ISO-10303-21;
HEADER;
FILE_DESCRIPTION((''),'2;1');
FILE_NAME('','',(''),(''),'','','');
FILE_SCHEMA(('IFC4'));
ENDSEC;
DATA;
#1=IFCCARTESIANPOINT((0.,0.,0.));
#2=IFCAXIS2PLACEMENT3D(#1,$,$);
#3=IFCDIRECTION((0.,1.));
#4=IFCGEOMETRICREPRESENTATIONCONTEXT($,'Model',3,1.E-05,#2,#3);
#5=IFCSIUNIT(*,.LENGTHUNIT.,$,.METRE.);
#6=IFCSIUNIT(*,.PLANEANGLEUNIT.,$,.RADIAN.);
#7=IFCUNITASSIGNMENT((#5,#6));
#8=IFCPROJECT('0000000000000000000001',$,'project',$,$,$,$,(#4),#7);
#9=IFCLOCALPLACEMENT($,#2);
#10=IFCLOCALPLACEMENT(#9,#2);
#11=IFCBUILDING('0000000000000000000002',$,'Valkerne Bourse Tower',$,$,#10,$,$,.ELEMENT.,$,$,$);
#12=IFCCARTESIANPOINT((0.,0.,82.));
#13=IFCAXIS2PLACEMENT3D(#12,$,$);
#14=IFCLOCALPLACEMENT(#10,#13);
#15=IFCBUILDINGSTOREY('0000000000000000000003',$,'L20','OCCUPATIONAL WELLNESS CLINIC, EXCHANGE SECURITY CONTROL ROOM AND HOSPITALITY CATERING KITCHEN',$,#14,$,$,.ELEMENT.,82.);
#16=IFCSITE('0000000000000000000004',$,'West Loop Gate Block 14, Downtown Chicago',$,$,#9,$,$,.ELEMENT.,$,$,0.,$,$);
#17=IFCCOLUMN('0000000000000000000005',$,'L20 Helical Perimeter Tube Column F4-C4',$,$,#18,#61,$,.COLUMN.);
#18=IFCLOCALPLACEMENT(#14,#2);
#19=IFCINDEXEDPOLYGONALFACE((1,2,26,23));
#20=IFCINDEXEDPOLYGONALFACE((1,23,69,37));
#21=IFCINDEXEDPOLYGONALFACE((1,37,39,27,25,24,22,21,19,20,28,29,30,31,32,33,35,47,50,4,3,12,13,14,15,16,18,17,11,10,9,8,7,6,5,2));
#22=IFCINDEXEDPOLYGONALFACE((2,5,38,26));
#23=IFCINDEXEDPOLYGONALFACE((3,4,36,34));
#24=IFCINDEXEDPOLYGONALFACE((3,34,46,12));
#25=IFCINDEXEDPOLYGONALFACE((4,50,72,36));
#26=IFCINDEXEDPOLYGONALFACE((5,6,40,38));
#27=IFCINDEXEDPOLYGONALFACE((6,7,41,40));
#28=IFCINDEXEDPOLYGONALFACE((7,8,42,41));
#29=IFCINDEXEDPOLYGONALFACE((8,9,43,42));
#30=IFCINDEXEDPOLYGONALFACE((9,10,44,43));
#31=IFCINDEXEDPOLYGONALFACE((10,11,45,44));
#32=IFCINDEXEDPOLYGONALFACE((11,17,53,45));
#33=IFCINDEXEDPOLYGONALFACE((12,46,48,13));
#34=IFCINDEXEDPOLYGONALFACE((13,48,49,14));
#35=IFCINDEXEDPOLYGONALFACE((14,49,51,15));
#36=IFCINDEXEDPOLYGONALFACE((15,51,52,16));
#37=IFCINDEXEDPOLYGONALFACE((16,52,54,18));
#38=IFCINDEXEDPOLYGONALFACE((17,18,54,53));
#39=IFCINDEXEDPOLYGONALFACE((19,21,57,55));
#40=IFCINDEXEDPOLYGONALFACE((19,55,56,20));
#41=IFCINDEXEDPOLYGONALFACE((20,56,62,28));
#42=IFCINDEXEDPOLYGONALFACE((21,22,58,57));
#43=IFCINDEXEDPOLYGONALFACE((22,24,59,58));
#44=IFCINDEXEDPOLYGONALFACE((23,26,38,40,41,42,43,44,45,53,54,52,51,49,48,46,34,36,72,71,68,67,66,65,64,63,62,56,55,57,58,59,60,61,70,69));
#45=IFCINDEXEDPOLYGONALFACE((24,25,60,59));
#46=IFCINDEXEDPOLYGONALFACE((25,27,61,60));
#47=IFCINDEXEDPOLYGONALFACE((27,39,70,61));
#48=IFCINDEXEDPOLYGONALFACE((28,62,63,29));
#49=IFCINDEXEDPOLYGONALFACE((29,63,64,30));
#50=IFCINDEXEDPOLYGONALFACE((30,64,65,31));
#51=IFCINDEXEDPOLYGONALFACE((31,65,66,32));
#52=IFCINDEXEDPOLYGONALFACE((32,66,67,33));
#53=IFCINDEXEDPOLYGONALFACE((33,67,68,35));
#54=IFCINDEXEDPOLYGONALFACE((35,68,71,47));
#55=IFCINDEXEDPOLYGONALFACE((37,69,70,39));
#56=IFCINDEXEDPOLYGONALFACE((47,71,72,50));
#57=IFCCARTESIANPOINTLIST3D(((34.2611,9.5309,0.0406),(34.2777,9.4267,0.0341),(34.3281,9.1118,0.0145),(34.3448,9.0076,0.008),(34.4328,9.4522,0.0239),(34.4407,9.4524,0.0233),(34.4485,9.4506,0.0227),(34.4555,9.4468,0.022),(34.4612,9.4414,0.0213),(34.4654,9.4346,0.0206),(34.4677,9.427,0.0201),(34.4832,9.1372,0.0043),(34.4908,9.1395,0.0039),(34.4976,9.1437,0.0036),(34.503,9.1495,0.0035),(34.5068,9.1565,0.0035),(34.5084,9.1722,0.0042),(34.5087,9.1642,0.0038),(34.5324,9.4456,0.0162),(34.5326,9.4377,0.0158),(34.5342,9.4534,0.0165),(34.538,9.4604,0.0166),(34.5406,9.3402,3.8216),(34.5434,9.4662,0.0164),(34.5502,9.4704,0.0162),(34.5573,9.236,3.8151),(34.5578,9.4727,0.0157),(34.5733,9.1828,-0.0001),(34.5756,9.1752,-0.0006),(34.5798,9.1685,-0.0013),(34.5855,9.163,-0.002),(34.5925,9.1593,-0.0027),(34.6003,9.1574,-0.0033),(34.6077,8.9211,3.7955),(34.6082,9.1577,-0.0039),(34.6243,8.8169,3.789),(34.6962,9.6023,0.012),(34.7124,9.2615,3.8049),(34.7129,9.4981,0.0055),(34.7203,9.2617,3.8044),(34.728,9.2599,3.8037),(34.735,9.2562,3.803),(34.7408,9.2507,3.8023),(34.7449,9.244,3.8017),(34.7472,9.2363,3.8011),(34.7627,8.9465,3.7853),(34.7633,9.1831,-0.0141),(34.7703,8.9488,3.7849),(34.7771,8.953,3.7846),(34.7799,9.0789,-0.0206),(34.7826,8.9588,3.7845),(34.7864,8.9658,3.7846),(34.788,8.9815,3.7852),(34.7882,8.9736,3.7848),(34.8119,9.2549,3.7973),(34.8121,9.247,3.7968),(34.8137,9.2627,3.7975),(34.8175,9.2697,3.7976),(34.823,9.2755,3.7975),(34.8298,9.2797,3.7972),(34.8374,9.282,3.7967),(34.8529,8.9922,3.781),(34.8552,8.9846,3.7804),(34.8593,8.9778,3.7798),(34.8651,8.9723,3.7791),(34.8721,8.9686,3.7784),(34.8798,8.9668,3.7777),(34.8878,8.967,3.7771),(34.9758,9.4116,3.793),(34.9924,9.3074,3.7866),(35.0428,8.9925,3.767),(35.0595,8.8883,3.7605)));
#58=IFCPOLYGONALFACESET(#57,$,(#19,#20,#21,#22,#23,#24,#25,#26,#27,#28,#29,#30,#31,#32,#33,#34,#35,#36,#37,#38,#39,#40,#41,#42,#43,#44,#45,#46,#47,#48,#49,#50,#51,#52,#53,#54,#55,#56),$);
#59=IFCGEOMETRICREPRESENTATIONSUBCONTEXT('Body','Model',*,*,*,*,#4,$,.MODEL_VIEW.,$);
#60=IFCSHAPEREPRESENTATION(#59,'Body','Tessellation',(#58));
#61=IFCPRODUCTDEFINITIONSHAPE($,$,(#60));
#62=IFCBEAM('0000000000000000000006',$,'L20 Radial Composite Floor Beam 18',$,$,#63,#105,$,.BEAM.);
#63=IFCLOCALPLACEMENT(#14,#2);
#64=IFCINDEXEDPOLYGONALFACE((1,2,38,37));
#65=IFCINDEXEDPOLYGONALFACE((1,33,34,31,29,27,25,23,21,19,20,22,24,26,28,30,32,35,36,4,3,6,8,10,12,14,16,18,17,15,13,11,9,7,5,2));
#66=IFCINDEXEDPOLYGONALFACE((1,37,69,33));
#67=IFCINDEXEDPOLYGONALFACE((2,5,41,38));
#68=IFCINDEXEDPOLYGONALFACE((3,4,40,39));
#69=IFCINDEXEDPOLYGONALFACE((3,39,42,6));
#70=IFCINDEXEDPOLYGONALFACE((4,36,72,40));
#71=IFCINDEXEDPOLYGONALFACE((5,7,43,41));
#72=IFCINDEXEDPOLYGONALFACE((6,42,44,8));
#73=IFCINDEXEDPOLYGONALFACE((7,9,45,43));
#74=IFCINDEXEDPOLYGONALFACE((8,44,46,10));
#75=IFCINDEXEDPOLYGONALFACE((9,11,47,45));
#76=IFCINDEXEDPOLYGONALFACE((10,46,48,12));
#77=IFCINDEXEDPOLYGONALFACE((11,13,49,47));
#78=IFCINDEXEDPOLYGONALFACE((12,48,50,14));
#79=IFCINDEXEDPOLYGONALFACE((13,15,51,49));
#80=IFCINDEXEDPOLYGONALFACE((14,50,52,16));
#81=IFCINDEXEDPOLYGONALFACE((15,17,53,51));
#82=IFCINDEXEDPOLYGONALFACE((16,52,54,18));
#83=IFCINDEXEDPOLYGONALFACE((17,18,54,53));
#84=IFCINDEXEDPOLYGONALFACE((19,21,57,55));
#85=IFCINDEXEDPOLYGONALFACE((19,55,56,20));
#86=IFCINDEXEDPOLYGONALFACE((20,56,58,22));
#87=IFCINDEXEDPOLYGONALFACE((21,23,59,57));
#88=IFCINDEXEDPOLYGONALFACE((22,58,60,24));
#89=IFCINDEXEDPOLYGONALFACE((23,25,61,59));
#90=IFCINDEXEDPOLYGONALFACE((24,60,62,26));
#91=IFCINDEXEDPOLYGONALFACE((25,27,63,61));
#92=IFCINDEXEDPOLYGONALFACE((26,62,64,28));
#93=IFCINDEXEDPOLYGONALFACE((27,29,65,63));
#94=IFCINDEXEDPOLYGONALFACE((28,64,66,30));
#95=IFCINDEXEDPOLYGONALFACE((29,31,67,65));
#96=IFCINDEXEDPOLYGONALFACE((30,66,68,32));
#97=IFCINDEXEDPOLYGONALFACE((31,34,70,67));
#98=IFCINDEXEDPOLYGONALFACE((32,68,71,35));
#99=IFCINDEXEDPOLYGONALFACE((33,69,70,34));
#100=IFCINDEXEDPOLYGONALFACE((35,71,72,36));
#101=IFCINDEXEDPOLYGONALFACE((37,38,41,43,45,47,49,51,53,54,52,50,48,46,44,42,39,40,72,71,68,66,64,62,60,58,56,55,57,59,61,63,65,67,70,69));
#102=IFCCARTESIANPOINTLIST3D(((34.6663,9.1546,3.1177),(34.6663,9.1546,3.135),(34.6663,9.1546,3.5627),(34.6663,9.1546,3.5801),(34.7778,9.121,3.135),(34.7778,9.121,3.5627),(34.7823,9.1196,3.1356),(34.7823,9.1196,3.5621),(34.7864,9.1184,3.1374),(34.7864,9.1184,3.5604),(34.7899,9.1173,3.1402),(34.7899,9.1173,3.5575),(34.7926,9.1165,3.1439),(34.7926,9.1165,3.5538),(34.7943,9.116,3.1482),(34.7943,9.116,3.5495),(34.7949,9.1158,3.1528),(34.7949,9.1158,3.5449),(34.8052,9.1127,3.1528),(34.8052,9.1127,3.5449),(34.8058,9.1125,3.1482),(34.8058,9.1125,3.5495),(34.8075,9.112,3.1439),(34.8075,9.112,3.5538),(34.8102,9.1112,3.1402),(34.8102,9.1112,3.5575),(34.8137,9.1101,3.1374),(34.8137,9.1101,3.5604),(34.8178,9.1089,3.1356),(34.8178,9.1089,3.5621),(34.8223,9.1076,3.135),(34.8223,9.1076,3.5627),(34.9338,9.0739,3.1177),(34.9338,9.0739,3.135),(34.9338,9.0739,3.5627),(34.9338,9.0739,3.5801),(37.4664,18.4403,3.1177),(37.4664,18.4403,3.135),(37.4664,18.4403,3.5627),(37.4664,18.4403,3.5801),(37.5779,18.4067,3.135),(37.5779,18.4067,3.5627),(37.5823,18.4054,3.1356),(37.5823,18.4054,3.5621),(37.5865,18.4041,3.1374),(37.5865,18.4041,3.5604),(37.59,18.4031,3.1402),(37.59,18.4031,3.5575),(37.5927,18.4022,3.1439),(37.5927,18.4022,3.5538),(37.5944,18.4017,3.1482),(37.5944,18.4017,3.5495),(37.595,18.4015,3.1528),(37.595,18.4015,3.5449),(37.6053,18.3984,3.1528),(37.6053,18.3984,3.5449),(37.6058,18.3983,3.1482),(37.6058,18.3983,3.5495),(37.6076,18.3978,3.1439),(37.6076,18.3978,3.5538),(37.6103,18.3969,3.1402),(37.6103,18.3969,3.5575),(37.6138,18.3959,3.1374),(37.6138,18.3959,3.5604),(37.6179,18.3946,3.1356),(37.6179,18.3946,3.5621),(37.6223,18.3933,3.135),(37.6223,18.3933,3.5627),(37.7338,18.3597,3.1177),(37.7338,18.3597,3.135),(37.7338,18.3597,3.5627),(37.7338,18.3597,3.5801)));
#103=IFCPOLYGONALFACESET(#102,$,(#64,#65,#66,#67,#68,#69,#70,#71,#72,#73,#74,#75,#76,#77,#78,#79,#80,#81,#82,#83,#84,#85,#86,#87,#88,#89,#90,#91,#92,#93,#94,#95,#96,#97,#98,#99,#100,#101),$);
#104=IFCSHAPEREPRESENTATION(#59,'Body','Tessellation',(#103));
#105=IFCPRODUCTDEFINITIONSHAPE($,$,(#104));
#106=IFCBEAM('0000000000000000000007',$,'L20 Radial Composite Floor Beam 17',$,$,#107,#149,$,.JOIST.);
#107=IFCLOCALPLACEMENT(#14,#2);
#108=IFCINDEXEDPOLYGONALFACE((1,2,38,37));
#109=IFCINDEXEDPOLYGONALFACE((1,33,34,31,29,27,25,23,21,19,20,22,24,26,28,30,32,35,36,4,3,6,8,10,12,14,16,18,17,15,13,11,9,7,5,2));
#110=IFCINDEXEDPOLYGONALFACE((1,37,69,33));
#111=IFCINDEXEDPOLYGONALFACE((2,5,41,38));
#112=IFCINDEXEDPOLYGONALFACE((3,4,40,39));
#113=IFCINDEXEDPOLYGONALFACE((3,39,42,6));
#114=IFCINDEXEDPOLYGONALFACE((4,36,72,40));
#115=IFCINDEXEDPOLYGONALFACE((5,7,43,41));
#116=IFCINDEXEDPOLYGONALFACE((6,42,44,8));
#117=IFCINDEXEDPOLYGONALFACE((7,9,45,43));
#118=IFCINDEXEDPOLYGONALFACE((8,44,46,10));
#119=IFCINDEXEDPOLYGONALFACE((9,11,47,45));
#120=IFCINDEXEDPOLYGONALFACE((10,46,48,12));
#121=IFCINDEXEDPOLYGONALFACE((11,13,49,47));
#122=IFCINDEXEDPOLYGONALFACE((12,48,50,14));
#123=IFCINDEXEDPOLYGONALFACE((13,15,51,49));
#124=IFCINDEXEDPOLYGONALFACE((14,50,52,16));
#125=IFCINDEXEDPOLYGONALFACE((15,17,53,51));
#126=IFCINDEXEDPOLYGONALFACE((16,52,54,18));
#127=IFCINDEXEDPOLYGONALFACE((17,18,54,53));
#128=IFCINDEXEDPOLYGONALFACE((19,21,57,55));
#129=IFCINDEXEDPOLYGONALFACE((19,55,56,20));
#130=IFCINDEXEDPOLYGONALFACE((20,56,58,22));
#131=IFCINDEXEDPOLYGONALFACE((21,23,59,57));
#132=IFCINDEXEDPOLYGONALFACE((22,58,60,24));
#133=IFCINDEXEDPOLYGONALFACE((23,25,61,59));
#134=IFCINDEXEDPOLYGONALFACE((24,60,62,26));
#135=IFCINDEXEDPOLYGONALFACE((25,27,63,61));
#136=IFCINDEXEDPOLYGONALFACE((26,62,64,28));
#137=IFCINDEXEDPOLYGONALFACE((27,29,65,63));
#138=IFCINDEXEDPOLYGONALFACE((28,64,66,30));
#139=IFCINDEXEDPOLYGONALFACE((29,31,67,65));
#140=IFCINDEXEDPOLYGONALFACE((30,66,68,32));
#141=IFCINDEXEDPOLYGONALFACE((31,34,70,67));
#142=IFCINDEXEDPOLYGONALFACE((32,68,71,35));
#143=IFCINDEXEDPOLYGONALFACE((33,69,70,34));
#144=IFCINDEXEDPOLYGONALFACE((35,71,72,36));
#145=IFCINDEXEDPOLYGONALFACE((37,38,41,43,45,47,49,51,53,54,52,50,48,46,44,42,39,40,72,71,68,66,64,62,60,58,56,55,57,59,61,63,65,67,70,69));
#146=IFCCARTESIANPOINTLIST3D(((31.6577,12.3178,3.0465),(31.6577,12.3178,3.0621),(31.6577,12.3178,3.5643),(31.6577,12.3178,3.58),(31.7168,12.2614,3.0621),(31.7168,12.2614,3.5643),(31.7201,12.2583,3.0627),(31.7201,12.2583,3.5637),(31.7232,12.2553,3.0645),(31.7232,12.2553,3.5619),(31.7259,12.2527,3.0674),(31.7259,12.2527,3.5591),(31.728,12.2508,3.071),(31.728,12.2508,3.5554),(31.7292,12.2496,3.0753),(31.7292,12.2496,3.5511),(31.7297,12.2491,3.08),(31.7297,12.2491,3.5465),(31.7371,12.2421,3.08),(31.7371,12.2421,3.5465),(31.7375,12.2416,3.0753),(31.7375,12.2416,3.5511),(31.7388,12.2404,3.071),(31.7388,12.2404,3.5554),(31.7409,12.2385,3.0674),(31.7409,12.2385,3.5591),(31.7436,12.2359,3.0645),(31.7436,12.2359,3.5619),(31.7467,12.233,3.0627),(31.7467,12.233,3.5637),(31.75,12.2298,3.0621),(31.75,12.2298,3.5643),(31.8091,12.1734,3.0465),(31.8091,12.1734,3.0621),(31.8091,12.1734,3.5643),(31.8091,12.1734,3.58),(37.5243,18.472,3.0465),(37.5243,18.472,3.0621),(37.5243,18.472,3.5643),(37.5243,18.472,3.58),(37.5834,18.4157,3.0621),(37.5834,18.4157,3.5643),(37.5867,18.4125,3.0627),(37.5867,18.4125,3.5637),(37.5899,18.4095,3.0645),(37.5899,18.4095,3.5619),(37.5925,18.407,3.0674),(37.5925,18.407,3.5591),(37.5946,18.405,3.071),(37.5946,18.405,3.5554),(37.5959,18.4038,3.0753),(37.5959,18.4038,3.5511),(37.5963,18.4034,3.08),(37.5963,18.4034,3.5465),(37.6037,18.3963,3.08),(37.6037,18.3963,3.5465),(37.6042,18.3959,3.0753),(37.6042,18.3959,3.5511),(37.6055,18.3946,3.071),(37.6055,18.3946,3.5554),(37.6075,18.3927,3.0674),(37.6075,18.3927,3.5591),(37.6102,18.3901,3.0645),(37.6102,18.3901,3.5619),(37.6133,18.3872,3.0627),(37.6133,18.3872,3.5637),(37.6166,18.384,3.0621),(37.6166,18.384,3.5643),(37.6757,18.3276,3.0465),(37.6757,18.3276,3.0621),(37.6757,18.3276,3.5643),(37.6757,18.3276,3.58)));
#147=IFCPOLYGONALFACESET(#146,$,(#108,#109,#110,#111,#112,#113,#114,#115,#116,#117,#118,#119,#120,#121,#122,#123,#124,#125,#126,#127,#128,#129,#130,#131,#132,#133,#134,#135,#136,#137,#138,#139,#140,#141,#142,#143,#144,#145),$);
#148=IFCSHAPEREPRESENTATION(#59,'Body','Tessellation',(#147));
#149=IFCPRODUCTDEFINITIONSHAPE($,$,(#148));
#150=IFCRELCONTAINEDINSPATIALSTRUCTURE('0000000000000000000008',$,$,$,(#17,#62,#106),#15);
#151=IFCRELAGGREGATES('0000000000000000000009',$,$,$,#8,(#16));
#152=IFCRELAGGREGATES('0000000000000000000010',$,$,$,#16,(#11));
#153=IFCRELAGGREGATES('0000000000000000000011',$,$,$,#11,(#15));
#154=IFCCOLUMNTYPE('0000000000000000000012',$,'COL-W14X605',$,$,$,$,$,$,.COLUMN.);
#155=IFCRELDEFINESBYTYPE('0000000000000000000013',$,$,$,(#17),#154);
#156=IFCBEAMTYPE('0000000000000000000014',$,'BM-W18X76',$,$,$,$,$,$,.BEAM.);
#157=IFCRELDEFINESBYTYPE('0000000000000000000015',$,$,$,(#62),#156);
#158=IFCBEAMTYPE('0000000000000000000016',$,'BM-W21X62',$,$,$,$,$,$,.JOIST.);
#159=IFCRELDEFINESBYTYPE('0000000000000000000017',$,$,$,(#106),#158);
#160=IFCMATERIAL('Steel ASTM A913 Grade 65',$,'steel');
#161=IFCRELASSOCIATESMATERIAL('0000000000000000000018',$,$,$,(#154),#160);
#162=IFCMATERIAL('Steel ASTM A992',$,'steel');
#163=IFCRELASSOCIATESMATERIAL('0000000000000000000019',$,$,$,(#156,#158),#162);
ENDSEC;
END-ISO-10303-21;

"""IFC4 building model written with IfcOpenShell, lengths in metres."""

from ifc_helpers import new_model, si_unit, direction, frame, origin, origin_2d, place, context, subcontext, project, spatial, i_section, extrude, material, material_profile, profile_set, type_object, element, save


model = new_model("IFC4")

# Units and contexts
model_context = context("Model", 3, precision=1e-05, world=origin(), true_north=direction((0.0, 1.0)))
body_context = subcontext(model_context, "Body", "Model", "MODEL_VIEW")
ifc_project = project(units=[si_unit("LENGTHUNIT", "METRE"), si_unit("PLANEANGLEUNIT", "RADIAN")], contexts=[model_context])

# Site, building, storey
site_placement = place(None, origin())
site = spatial("IfcSite", under=ifc_project, at=site_placement, Name="West Loop Gate Block 14, Downtown Chicago", CompositionType="ELEMENT", RefElevation=0.0)
building_placement = place(site_placement, origin())
building = spatial("IfcBuilding", under=site, at=building_placement, Name="Valkerne Bourse Tower", CompositionType="ELEMENT")
storey_placement = place(building_placement, frame((0.0, 0.0, 82.0)))
storey = spatial("IfcBuildingStorey", under=building, at=storey_placement, Name="L20", Description="OCCUPATIONAL WELLNESS CLINIC, EXCHANGE SECURITY CONTROL ROOM AND HOSPITALITY CATERING KITCHEN", CompositionType="ELEMENT", Elevation=82.0)

# Column
ifc_material_1 = material(Name="Steel ASTM A913 Grade 65", Category="steel")
ifc_material_profile_1 = material_profile(ifc_material_1, i_section(OverallWidth=0.4419, OverallDepth=0.531, WebThickness=0.0659, FlangeThickness=0.1057, FilletRadius=0.0305, at=origin_2d()), Name="W14X605")
ifc_profile_set_1 = profile_set([ifc_material_profile_1], Name="Steel ASTM A913 Grade 65")
column_type = type_object("IfcColumnType", Name="COL-W14X605", PredefinedType="COLUMN", material=ifc_profile_set_1)
column_placement = place(storey_placement, frame((34.5205, 9.3049, 0.01), z_axis=(0.073639, -0.050229, 0.996019), x_axis=(0.984745, 0.161547, -0.064658)))
element("IfcColumn", 1, at=column_placement, inside=storey, type_object=column_type, Name="L20 Helical Perimeter Tube Column F4-C4", PredefinedType="COLUMN", context=body_context, shape_type="SweptSolid", body=[
    extrude(i_section(OverallWidth=0.4419, OverallDepth=0.531, WebThickness=0.0659, FlangeThickness=0.1057, FilletRadius=0.0305, at=origin_2d()), origin(), (0.0, 0.0, 1.0), 3.7961),
])

# Beams
ifc_material_2 = material(Name="Steel ASTM A992", Category="steel")
ifc_material_profile_2 = material_profile(ifc_material_2, i_section(OverallWidth=0.2793, OverallDepth=0.4624, WebThickness=0.0107, FlangeThickness=0.0173, FilletRadius=0.0178, at=origin_2d()), Name="W18X76")
ifc_profile_set_2 = profile_set([ifc_material_profile_2], Name="Steel ASTM A992")
beam_type_1 = type_object("IfcBeamType", Name="BM-W18X76", PredefinedType="BEAM", material=ifc_profile_set_2)
beam_1_placement = place(storey_placement, frame((34.8, 9.1143, 3.3489), z_axis=(0.288706, 0.957418, 0.0), x_axis=(-0.957418, 0.288706, 0.0)))
element("IfcBeam", 2, at=beam_1_placement, inside=storey, type_object=beam_type_1, Name="L20 Radial Composite Floor Beam 18", PredefinedType="BEAM", context=body_context, shape_type="SweptSolid", body=[
    extrude(i_section(OverallWidth=0.2793, OverallDepth=0.4624, WebThickness=0.0107, FlangeThickness=0.0173, FilletRadius=0.0178, at=origin_2d()), origin(), (0.0, 0.0, 1.0), 9.6987),
])
ifc_material_profile_3 = material_profile(ifc_material_2, i_section(OverallWidth=0.2092, OverallDepth=0.5334, WebThickness=0.0103, FlangeThickness=0.0156, FilletRadius=0.0178, at=origin_2d()), Name="W21X62")
ifc_profile_set_3 = profile_set([ifc_material_profile_3], Name="Steel ASTM A992")
beam_type_2 = type_object("IfcBeamType", Name="BM-W21X62", PredefinedType="JOIST", material=ifc_profile_set_3)
beam_2_placement = place(storey_placement, frame((31.7334, 12.2456, 3.3132), z_axis=(0.689992, 0.723817, 0.0), x_axis=(-0.723817, 0.689992, 0.0)))
element("IfcBeam", 3, at=beam_2_placement, inside=storey, type_object=beam_type_2, Name="L20 Radial Composite Floor Beam 17", PredefinedType="JOIST", context=body_context, shape_type="SweptSolid", body=[
    extrude(i_section(OverallWidth=0.2092, OverallDepth=0.5334, WebThickness=0.0103, FlangeThickness=0.0156, FilletRadius=0.0178, at=origin_2d()), origin(), (0.0, 0.0, 1.0), 8.5024),
])

save(model, "model.ifc")
